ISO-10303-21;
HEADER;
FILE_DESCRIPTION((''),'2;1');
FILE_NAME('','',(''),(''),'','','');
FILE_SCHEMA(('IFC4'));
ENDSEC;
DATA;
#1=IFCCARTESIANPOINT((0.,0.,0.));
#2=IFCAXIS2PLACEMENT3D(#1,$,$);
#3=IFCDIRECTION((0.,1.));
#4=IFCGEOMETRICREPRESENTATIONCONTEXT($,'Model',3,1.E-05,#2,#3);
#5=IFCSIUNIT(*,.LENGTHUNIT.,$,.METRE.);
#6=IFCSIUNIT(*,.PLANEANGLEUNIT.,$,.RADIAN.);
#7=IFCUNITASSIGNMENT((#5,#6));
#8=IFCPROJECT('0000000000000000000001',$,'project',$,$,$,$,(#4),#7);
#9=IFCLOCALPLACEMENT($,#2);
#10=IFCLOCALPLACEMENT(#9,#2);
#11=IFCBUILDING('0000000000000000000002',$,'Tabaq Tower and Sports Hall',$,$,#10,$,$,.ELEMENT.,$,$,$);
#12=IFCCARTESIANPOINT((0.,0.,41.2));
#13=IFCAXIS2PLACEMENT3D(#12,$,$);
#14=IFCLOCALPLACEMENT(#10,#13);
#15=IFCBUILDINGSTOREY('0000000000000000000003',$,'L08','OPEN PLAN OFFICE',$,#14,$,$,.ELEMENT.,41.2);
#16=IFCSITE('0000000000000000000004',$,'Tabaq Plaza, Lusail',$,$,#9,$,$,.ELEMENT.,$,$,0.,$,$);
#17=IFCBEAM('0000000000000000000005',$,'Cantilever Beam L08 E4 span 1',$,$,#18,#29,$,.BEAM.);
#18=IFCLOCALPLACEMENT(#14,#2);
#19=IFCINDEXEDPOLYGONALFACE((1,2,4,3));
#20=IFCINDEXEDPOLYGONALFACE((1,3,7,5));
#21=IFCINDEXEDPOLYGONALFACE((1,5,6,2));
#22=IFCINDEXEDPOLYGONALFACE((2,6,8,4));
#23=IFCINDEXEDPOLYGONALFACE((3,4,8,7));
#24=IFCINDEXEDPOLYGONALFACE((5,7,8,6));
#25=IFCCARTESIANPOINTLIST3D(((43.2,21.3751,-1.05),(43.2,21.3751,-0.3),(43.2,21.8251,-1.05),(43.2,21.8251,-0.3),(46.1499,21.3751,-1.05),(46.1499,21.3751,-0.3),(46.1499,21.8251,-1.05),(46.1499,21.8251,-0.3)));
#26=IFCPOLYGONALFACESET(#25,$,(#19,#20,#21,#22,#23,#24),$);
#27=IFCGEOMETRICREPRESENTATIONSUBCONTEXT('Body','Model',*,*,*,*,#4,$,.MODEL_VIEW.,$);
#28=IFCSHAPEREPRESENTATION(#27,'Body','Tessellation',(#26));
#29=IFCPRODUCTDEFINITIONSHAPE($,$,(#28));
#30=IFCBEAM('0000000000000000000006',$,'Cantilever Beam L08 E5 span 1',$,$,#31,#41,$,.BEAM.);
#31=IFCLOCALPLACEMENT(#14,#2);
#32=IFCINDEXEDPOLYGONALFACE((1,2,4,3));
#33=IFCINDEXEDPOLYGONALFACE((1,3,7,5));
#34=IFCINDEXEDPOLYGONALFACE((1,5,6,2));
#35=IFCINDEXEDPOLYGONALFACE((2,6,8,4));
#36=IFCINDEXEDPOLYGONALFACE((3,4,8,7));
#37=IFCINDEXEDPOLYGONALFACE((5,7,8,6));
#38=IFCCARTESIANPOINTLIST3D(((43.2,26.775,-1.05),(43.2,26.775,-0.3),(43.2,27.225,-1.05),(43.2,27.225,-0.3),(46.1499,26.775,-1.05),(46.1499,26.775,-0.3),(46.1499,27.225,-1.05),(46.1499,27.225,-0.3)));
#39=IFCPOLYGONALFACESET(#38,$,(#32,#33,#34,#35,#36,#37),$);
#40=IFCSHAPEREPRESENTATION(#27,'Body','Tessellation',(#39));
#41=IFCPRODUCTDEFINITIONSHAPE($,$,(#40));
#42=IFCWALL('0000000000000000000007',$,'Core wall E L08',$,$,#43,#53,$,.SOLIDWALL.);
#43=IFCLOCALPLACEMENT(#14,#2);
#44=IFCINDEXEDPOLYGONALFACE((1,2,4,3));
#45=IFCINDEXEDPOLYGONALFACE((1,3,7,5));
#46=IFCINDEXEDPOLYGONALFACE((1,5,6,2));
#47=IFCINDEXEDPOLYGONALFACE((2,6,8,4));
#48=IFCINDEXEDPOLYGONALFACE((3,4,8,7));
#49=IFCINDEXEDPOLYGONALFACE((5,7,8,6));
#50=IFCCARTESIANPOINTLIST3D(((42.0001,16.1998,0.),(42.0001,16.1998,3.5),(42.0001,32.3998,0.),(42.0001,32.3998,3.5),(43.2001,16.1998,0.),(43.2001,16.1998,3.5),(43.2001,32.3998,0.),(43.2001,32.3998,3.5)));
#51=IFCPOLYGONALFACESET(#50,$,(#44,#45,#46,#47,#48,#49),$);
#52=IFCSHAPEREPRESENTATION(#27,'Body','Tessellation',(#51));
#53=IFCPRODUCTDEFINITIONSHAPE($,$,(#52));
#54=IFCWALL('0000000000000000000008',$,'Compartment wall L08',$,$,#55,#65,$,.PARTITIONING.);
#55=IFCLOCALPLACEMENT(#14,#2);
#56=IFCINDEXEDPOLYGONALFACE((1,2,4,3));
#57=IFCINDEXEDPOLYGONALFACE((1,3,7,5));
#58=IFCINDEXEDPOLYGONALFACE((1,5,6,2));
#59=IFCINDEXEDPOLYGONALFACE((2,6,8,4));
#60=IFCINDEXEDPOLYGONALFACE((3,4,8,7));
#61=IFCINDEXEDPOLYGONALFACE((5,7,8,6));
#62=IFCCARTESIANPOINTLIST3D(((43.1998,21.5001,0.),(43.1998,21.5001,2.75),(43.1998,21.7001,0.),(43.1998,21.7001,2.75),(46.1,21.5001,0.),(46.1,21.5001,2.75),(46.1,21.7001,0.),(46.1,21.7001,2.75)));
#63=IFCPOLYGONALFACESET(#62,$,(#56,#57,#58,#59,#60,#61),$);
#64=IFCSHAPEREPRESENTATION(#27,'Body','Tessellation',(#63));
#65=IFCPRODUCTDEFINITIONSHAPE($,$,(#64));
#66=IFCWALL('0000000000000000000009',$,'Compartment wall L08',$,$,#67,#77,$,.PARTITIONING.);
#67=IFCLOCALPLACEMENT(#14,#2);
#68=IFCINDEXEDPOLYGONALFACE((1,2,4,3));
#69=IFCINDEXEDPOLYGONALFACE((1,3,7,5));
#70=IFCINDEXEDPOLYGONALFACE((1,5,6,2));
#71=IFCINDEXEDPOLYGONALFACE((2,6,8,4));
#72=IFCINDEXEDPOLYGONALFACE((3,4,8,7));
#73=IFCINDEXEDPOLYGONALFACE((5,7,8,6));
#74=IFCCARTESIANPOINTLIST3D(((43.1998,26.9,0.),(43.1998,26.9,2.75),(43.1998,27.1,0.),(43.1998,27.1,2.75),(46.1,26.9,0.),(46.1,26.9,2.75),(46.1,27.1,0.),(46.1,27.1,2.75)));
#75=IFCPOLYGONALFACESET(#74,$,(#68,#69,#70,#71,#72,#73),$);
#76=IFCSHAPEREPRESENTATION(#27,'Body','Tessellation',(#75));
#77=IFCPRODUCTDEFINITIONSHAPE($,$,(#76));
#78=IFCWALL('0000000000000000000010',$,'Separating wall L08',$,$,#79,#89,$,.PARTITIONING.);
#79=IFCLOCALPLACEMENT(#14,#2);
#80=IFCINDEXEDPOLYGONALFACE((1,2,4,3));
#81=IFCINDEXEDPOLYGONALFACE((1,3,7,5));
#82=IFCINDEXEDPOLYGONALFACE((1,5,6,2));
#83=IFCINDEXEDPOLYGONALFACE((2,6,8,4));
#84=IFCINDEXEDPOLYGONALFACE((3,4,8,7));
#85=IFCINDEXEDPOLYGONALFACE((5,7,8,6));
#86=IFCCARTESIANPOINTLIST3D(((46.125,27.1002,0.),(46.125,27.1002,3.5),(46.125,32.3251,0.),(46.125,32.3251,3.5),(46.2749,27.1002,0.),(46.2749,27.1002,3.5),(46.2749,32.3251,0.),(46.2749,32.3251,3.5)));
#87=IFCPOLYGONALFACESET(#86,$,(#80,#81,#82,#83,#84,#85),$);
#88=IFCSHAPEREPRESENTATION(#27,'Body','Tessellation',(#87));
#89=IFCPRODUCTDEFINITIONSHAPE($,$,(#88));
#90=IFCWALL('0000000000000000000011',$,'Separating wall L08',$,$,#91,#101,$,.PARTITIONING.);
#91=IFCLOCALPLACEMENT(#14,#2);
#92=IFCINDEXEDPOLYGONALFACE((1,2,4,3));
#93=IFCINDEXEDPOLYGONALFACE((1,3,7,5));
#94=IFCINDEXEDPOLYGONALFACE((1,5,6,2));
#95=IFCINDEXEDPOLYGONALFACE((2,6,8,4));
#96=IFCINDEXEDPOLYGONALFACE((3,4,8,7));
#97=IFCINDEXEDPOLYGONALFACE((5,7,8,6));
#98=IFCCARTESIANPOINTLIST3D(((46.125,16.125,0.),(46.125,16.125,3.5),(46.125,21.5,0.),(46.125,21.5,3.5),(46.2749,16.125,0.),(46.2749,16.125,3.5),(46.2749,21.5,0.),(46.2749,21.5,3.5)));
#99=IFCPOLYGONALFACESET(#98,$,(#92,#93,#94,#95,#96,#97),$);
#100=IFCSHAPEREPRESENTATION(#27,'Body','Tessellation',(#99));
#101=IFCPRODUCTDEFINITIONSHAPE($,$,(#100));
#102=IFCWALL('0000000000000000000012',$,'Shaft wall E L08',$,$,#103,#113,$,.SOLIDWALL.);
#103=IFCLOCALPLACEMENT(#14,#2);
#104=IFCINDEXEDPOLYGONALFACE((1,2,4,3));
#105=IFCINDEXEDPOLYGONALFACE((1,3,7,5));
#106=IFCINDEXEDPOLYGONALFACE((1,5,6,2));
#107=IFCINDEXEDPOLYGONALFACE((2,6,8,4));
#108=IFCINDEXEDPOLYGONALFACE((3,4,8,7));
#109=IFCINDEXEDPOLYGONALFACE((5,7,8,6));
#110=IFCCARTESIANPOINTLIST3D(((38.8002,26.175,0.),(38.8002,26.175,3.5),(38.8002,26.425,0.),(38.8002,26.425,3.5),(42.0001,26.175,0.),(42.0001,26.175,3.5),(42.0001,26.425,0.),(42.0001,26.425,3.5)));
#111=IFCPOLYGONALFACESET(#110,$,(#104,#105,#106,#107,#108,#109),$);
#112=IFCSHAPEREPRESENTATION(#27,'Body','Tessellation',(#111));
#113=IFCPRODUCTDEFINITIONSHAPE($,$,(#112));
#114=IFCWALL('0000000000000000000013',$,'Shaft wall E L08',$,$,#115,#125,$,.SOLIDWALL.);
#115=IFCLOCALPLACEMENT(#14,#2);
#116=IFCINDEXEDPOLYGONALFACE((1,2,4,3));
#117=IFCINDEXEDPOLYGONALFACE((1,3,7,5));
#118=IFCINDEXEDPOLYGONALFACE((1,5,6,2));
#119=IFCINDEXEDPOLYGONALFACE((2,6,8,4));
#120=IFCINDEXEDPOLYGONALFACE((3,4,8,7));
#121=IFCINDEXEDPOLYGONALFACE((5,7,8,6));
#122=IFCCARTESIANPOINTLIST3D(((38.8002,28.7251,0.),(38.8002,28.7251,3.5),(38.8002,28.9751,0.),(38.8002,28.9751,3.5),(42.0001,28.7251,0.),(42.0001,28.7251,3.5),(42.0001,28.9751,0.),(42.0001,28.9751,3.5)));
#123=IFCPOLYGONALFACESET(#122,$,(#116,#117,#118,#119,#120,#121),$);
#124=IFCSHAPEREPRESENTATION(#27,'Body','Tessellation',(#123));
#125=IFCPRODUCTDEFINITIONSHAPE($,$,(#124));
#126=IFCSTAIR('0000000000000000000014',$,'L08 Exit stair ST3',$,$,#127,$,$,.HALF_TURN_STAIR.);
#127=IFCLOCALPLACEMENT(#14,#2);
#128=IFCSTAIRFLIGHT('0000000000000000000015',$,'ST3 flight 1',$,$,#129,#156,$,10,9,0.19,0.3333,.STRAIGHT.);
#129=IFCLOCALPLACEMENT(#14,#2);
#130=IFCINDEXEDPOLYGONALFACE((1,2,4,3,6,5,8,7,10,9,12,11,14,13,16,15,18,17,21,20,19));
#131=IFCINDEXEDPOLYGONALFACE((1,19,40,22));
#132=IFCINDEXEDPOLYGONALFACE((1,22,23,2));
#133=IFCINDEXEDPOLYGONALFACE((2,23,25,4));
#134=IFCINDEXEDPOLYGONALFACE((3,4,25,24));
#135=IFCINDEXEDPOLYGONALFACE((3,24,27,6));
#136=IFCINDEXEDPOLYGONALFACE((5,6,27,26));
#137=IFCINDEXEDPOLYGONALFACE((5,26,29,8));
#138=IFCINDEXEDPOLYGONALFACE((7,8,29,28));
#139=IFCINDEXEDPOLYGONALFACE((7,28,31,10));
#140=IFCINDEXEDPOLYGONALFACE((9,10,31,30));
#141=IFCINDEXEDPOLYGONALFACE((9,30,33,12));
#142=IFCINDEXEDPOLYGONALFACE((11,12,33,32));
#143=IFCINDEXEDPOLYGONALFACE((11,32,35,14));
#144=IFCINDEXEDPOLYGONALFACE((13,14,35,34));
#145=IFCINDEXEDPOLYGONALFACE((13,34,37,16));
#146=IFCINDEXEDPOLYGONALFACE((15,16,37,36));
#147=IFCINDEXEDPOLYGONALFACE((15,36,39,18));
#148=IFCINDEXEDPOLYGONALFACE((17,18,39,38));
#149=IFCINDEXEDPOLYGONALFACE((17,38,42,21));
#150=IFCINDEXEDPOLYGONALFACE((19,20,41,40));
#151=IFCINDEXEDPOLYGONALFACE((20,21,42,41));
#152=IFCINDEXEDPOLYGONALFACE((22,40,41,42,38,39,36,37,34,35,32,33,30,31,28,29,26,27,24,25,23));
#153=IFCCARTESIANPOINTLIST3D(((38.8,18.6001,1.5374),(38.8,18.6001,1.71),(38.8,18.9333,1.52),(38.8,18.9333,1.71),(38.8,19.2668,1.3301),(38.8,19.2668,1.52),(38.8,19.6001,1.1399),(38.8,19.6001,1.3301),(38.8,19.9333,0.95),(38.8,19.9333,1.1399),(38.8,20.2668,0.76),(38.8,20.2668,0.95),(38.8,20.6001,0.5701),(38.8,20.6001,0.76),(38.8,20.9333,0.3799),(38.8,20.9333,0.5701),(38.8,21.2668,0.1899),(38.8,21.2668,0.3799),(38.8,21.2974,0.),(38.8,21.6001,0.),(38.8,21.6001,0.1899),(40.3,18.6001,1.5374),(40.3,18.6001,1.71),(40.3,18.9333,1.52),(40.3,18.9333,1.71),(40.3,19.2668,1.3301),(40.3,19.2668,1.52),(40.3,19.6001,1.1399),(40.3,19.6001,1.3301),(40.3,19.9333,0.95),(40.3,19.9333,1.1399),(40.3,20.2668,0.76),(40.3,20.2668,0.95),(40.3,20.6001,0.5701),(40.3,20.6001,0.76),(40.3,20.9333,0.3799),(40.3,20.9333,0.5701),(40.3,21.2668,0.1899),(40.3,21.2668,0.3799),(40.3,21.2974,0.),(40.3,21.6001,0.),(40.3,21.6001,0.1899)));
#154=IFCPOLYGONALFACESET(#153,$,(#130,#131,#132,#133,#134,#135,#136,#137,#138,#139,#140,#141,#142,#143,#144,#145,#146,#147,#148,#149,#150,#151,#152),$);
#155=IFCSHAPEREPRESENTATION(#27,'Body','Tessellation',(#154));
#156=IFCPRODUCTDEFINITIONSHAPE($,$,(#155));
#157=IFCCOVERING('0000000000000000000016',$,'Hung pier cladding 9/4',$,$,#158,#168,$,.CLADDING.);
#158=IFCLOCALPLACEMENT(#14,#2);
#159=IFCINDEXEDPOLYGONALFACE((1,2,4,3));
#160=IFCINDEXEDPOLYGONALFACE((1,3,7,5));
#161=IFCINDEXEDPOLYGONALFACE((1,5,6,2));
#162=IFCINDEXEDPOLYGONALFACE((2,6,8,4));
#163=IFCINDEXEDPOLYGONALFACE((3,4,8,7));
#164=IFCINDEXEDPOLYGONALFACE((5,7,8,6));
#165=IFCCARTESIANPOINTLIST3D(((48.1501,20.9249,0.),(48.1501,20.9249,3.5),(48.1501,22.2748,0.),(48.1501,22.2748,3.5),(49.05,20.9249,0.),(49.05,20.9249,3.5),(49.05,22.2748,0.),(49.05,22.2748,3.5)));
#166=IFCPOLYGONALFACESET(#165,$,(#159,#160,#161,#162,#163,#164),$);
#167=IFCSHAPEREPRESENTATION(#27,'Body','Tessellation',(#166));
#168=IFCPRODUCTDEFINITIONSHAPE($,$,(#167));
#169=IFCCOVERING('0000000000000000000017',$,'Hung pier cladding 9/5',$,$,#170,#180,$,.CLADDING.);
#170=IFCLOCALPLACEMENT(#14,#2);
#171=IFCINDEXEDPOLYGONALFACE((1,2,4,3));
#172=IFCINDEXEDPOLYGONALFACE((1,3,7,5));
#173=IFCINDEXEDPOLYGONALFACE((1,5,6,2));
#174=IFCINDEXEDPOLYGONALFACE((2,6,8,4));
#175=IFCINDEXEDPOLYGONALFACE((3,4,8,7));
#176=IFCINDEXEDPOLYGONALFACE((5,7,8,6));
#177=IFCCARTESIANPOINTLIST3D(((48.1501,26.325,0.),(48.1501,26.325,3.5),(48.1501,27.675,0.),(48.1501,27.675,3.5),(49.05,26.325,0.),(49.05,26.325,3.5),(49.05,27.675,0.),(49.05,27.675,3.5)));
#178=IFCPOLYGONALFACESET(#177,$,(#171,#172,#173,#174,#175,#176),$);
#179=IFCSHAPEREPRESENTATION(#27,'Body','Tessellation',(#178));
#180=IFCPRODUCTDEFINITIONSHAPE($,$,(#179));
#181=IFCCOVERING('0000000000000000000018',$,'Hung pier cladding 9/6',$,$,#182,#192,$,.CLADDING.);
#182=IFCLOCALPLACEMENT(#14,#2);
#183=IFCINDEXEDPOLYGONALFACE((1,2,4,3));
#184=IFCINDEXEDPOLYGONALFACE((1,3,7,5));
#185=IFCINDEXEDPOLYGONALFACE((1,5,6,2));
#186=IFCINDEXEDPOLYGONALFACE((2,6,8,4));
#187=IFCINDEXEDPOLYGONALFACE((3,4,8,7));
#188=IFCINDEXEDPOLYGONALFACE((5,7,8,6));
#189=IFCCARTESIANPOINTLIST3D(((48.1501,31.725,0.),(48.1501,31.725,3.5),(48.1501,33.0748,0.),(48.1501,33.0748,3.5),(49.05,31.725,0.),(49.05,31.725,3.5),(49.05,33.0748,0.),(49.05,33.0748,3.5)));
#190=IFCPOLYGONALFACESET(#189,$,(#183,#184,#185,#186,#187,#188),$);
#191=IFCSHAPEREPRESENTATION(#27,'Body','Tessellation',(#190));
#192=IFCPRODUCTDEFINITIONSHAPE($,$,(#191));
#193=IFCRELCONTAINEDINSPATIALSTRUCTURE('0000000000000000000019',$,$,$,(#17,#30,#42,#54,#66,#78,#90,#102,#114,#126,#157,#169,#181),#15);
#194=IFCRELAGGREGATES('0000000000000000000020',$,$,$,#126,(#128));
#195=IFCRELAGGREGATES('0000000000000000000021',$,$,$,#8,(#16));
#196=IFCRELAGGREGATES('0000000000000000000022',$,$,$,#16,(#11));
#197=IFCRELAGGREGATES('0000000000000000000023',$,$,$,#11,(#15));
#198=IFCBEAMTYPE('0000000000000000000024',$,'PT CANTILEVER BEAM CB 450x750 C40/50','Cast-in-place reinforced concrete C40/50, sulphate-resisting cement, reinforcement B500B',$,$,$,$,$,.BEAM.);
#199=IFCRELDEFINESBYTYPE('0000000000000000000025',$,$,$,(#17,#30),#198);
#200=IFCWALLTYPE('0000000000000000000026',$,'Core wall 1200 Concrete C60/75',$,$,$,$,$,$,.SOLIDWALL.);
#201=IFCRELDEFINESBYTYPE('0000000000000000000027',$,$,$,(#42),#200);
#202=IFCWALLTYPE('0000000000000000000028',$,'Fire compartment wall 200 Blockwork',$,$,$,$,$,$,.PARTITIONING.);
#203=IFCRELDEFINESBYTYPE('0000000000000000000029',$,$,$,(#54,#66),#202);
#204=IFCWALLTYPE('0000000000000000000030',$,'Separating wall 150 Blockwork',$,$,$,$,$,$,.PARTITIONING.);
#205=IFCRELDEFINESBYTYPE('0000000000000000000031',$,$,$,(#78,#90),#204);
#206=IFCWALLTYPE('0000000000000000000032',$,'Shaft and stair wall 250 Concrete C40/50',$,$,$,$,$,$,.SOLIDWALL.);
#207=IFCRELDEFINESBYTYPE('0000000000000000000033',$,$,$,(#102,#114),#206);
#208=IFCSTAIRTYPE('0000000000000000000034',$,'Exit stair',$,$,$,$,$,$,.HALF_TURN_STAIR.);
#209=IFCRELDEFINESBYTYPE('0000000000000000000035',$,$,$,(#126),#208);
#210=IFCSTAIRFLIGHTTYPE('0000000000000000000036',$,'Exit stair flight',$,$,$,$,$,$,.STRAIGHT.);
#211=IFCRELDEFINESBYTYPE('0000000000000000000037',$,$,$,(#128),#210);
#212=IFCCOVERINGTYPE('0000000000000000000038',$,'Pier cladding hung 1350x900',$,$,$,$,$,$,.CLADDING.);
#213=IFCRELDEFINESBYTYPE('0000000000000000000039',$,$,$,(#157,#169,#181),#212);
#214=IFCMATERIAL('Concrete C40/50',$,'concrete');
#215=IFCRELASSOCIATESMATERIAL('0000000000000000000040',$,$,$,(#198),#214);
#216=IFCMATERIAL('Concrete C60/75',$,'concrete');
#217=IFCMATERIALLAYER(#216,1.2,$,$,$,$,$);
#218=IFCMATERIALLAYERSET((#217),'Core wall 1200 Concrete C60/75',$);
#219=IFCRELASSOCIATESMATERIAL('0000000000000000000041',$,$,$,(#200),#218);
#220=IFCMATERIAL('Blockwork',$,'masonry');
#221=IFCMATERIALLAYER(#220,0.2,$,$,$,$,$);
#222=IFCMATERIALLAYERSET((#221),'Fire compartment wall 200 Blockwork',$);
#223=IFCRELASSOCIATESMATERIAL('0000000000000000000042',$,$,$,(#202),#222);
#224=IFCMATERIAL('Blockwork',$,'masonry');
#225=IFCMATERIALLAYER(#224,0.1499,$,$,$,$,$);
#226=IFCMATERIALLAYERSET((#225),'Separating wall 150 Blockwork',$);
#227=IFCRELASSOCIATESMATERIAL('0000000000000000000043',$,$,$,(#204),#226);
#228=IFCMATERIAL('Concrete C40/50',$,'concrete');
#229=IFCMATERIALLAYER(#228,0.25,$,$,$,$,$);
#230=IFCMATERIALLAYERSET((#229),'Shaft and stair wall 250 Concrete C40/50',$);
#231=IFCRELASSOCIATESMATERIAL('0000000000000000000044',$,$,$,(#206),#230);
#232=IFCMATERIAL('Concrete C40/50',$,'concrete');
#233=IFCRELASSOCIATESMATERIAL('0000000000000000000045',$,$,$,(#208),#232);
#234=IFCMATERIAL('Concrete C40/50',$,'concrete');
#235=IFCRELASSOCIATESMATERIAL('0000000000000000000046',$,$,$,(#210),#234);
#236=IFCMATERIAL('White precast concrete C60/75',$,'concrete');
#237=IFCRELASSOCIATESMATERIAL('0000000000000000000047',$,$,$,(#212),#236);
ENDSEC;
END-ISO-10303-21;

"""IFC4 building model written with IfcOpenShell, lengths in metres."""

from ifc_helpers import new_model, si_unit, direction, frame, frame_2d, origin, origin_2d, place, context, subcontext, project, spatial, polyline, rectangle, outline, extrude, material, layer, layer_set, material_profile, profile_set, type_object, element, aggregate, save


model = new_model("IFC4")

# Units and contexts
model_context = context("Model", 3, precision=1e-05, world=origin(), true_north=direction((0.0, 1.0)))
body_context = subcontext(model_context, "Body", "Model", "MODEL_VIEW")
ifc_project = project(units=[si_unit("LENGTHUNIT", "METRE"), si_unit("PLANEANGLEUNIT", "RADIAN")], contexts=[model_context])

# Site, building, storey
site_placement = place(None, origin())
site = spatial("IfcSite", under=ifc_project, at=site_placement, Name="Tabaq Plaza, Lusail", CompositionType="ELEMENT", RefElevation=0.0)
building_placement = place(site_placement, origin())
building = spatial("IfcBuilding", under=site, at=building_placement, Name="Tabaq Tower and Sports Hall", CompositionType="ELEMENT")
storey_placement = place(building_placement, frame((0.0, 0.0, 41.2)))
storey = spatial("IfcBuildingStorey", under=building, at=storey_placement, Name="L08", Description="OPEN PLAN OFFICE", CompositionType="ELEMENT", Elevation=41.2)

# Beams
ifc_material_1 = material(Name="Concrete C40/50", Category="concrete")
ifc_material_profile = material_profile(ifc_material_1, rectangle(XDim=0.45, YDim=0.75, at=origin_2d()), Name="CB 450x750")
ifc_profile_set = profile_set([ifc_material_profile], Name="Concrete C40/50")
beam_type = type_object("IfcBeamType", Name="PT CANTILEVER BEAM CB 450x750 C40/50", Description="Cast-in-place reinforced concrete C40/50, sulphate-resisting cement, reinforcement B500B", PredefinedType="BEAM", material=ifc_profile_set)
for number, where, z_axis, x_axis, name in (
    (1, (46.1499, 21.6001, -0.675), (-1.0, 0.0, 0.0), (0.0, -1.0, 0.0), "Cantilever Beam L08 E4 span 1"),
    (2, (46.1499, 27.0, -0.675), (-1.0, 0.0, 0.0), (0.0, -1.0, 0.0), "Cantilever Beam L08 E5 span 1"),
):
    element("IfcBeam", number, at=place(storey_placement, frame(where, z_axis=z_axis, x_axis=x_axis)), inside=storey, type_object=beam_type, Name=name, PredefinedType="BEAM", context=body_context, shape_type="SweptSolid", body=[
        extrude(rectangle(XDim=0.45, YDim=0.75, at=origin_2d()), origin(), (0.0, 0.0, 1.0), 2.95),
    ])

# Wall
ifc_material_2 = material(Name="Concrete C60/75", Category="concrete")
ifc_layer_1 = layer(ifc_material_2, 1.2)
ifc_layer_set_1 = layer_set([ifc_layer_1], Name="Core wall 1200 Concrete C60/75")
wall_type_1 = type_object("IfcWallType", Name="Core wall 1200 Concrete C60/75", PredefinedType="SOLIDWALL", material=ifc_layer_set_1)
wall_1_placement = place(storey_placement, frame((42.6001, 32.3999, 0.0), z_axis=(0.0, 0.0, 1.0), x_axis=(0.0, -1.0, 0.0)))
element("IfcWall", 3, at=wall_1_placement, inside=storey, type_object=wall_type_1, Name="Core wall E L08", PredefinedType="SOLIDWALL", context=body_context, shape_type="SweptSolid", body=[
    extrude(rectangle(XDim=16.2, YDim=1.2, at=frame_2d((8.1001, 0.0))), origin(), (0.0, 0.0, 1.0), 3.5),
])

# Shared definitions
ifc_material_3 = material(Name="Blockwork", Category="masonry")
ifc_layer_2 = layer(ifc_material_3, 0.2)
ifc_layer_set_2 = layer_set([ifc_layer_2], Name="Fire compartment wall 200 Blockwork")
wall_type_2 = type_object("IfcWallType", Name="Fire compartment wall 200 Blockwork", PredefinedType="PARTITIONING", material=ifc_layer_set_2)

# Walls
for number, where, z_axis, x_axis, name in (
    (4, (46.1001, 21.6001, 0.0), (0.0, 0.0, 1.0), (-1.0, 0.0, 0.0), "Compartment wall L08"),
    (5, (46.1001, 27.0, 0.0), (0.0, 0.0, 1.0), (-1.0, 0.0, 0.0), "Compartment wall L08"),
):
    element("IfcWall", number, at=place(storey_placement, frame(where, z_axis=z_axis, x_axis=x_axis)), inside=storey, type_object=wall_type_2, Name=name, PredefinedType="PARTITIONING", context=body_context, shape_type="SweptSolid", body=[
        extrude(rectangle(XDim=2.9001, YDim=0.2, at=frame_2d((1.4502, 0.0))), origin(), (0.0, 0.0, 1.0), 2.75),
    ])
ifc_material_4 = material(Name="Blockwork", Category="masonry")
ifc_layer_3 = layer(ifc_material_4, 0.1499)
ifc_layer_set_3 = layer_set([ifc_layer_3], Name="Separating wall 150 Blockwork")
wall_type_3 = type_object("IfcWallType", Name="Separating wall 150 Blockwork", PredefinedType="PARTITIONING", material=ifc_layer_set_3)
wall_2_placement = place(storey_placement, frame((46.2, 32.325, 0.0), z_axis=(0.0, 0.0, 1.0), x_axis=(0.0, -1.0, 0.0)))
element("IfcWall", 6, at=wall_2_placement, inside=storey, type_object=wall_type_3, Name="Separating wall L08", PredefinedType="PARTITIONING", context=body_context, shape_type="SweptSolid", body=[
    extrude(rectangle(XDim=5.2249, YDim=0.1499, at=frame_2d((2.6123, 0.0))), origin(), (0.0, 0.0, 1.0), 3.5),
])
wall_3_placement = place(storey_placement, frame((46.2, 21.5, 0.0), z_axis=(0.0, 0.0, 1.0), x_axis=(0.0, -1.0, 0.0)))
element("IfcWall", 7, at=wall_3_placement, inside=storey, type_object=wall_type_3, Name="Separating wall L08", PredefinedType="PARTITIONING", context=body_context, shape_type="SweptSolid", body=[
    extrude(rectangle(XDim=5.375, YDim=0.1499, at=frame_2d((2.6875, 0.0))), origin(), (0.0, 0.0, 1.0), 3.5),
])
ifc_material_5 = material(Name="Concrete C40/50", Category="concrete")
ifc_layer_4 = layer(ifc_material_5, 0.25)
ifc_layer_set_4 = layer_set([ifc_layer_4], Name="Shaft and stair wall 250 Concrete C40/50")
wall_type_4 = type_object("IfcWallType", Name="Shaft and stair wall 250 Concrete C40/50", PredefinedType="SOLIDWALL", material=ifc_layer_set_4)
for number, where, z_axis, x_axis, name in (
    (8, (38.8, 26.3, 0.0), (0.0, 0.0, 1.0), (1.0, 0.0, 0.0), "Shaft wall E L08"),
    (9, (38.8, 28.8501, 0.0), (0.0, 0.0, 1.0), (1.0, 0.0, 0.0), "Shaft wall E L08"),
):
    element("IfcWall", number, at=place(storey_placement, frame(where, z_axis=z_axis, x_axis=x_axis)), inside=storey, type_object=wall_type_4, Name=name, PredefinedType="SOLIDWALL", context=body_context, shape_type="SweptSolid", body=[
        extrude(rectangle(XDim=3.2, YDim=0.25, at=frame_2d((1.6001, 0.0))), origin(), (0.0, 0.0, 1.0), 3.5),
    ])

# Stair, stair flight
ifc_material_6 = material(Name="Concrete C40/50", Category="concrete")
stair_type = type_object("IfcStairType", Name="Exit stair", PredefinedType="HALF_TURN_STAIR", material=ifc_material_6)
stair_placement = place(storey_placement, origin())
stair = element("IfcStair", 10, at=stair_placement, inside=storey, type_object=stair_type, Name="L08 Exit stair ST3", PredefinedType="HALF_TURN_STAIR")
ifc_material_7 = material(Name="Concrete C40/50", Category="concrete")
stair_flight_type = type_object("IfcStairFlightType", Name="Exit stair flight", PredefinedType="STRAIGHT", material=ifc_material_7)
stair_flight_placement = place(storey_placement, frame((39.55, 21.6001, 0.0), z_axis=(0.0, 0.0, 1.0), x_axis=(0.0, -1.0, 0.0)))
stair_flight = element("IfcStairFlight", 11, at=stair_flight_placement, type_object=stair_flight_type, Name="ST3 flight 1", NumberOfRisers=10, NumberOfTreads=9, PredefinedType="STRAIGHT", RiserHeight=0.19, TreadLength=0.3333, context=body_context, shape_type="SweptSolid", body=[
    extrude(outline(polyline([(0.0, 0.0), (0.0, 0.1899), (0.3333, 0.1899), (0.3333, 0.3799), (0.6667, 0.3799), (0.6667, 0.5701), (1.0, 0.5701), (1.0, 0.76), (1.3333, 0.76), (1.3333, 0.95), (1.6667, 0.95), (1.6667, 1.1399), (2.0, 1.1399), (2.0, 1.3301), (2.3333, 1.3301), (2.3333, 1.52), (2.6667, 1.52), (2.6667, 1.71), (3.0, 1.71), (3.0, 1.8999), (3.0, 1.5374), (0.3027, 0.0), (0.0, 0.0)])), frame((0.0, 0.75, 0.0), z_axis=(0.0, -1.0, 0.0), x_axis=(1.0, 0.0, 0.0)), (0.0, 0.0, 1.0), 1.5),
])
aggregate(stair, [stair_flight])

# Coverings
ifc_material_8 = material(Name="White precast concrete C60/75", Category="concrete")
covering_type_1 = type_object("IfcCoveringType", Name="Pier cladding hung 1350x900", PredefinedType="CLADDING", material=ifc_material_8)
covering_1_placement = place(storey_placement, frame((48.6001, 20.925, 0.0), z_axis=(0.0, 0.0, 1.0), x_axis=(0.0, 1.0, 0.0)))
element("IfcCovering", 12, at=covering_1_placement, inside=storey, type_object=covering_type_1, Name="Hung pier cladding 9/4", PredefinedType="CLADDING", context=body_context, shape_type="SweptSolid", body=[
    extrude(rectangle(XDim=1.3499, YDim=0.8999, at=frame_2d((0.6748, 0.0))), origin(), (0.0, 0.0, 1.0), 3.5),
])
covering_2_placement = place(storey_placement, frame((48.6001, 26.325, 0.0), z_axis=(0.0, 0.0, 1.0), x_axis=(0.0, 1.0, 0.0)))
element("IfcCovering", 13, at=covering_2_placement, inside=storey, type_object=covering_type_1, Name="Hung pier cladding 9/5", PredefinedType="CLADDING", context=body_context, shape_type="SweptSolid", body=[
    extrude(rectangle(XDim=1.3501, YDim=0.8999, at=frame_2d((0.675, 0.0))), origin(), (0.0, 0.0, 1.0), 3.5),
])
covering_3_placement = place(storey_placement, frame((48.6001, 31.7251, 0.0), z_axis=(0.0, 0.0, 1.0), x_axis=(0.0, 1.0, 0.0)))
element("IfcCovering", 14, at=covering_3_placement, inside=storey, type_object=covering_type_1, Name="Hung pier cladding 9/6", PredefinedType="CLADDING", context=body_context, shape_type="SweptSolid", body=[
    extrude(rectangle(XDim=1.3499, YDim=0.8999, at=frame_2d((0.6748, 0.0))), origin(), (0.0, 0.0, 1.0), 3.5),
])

save(model, "model.ifc")
